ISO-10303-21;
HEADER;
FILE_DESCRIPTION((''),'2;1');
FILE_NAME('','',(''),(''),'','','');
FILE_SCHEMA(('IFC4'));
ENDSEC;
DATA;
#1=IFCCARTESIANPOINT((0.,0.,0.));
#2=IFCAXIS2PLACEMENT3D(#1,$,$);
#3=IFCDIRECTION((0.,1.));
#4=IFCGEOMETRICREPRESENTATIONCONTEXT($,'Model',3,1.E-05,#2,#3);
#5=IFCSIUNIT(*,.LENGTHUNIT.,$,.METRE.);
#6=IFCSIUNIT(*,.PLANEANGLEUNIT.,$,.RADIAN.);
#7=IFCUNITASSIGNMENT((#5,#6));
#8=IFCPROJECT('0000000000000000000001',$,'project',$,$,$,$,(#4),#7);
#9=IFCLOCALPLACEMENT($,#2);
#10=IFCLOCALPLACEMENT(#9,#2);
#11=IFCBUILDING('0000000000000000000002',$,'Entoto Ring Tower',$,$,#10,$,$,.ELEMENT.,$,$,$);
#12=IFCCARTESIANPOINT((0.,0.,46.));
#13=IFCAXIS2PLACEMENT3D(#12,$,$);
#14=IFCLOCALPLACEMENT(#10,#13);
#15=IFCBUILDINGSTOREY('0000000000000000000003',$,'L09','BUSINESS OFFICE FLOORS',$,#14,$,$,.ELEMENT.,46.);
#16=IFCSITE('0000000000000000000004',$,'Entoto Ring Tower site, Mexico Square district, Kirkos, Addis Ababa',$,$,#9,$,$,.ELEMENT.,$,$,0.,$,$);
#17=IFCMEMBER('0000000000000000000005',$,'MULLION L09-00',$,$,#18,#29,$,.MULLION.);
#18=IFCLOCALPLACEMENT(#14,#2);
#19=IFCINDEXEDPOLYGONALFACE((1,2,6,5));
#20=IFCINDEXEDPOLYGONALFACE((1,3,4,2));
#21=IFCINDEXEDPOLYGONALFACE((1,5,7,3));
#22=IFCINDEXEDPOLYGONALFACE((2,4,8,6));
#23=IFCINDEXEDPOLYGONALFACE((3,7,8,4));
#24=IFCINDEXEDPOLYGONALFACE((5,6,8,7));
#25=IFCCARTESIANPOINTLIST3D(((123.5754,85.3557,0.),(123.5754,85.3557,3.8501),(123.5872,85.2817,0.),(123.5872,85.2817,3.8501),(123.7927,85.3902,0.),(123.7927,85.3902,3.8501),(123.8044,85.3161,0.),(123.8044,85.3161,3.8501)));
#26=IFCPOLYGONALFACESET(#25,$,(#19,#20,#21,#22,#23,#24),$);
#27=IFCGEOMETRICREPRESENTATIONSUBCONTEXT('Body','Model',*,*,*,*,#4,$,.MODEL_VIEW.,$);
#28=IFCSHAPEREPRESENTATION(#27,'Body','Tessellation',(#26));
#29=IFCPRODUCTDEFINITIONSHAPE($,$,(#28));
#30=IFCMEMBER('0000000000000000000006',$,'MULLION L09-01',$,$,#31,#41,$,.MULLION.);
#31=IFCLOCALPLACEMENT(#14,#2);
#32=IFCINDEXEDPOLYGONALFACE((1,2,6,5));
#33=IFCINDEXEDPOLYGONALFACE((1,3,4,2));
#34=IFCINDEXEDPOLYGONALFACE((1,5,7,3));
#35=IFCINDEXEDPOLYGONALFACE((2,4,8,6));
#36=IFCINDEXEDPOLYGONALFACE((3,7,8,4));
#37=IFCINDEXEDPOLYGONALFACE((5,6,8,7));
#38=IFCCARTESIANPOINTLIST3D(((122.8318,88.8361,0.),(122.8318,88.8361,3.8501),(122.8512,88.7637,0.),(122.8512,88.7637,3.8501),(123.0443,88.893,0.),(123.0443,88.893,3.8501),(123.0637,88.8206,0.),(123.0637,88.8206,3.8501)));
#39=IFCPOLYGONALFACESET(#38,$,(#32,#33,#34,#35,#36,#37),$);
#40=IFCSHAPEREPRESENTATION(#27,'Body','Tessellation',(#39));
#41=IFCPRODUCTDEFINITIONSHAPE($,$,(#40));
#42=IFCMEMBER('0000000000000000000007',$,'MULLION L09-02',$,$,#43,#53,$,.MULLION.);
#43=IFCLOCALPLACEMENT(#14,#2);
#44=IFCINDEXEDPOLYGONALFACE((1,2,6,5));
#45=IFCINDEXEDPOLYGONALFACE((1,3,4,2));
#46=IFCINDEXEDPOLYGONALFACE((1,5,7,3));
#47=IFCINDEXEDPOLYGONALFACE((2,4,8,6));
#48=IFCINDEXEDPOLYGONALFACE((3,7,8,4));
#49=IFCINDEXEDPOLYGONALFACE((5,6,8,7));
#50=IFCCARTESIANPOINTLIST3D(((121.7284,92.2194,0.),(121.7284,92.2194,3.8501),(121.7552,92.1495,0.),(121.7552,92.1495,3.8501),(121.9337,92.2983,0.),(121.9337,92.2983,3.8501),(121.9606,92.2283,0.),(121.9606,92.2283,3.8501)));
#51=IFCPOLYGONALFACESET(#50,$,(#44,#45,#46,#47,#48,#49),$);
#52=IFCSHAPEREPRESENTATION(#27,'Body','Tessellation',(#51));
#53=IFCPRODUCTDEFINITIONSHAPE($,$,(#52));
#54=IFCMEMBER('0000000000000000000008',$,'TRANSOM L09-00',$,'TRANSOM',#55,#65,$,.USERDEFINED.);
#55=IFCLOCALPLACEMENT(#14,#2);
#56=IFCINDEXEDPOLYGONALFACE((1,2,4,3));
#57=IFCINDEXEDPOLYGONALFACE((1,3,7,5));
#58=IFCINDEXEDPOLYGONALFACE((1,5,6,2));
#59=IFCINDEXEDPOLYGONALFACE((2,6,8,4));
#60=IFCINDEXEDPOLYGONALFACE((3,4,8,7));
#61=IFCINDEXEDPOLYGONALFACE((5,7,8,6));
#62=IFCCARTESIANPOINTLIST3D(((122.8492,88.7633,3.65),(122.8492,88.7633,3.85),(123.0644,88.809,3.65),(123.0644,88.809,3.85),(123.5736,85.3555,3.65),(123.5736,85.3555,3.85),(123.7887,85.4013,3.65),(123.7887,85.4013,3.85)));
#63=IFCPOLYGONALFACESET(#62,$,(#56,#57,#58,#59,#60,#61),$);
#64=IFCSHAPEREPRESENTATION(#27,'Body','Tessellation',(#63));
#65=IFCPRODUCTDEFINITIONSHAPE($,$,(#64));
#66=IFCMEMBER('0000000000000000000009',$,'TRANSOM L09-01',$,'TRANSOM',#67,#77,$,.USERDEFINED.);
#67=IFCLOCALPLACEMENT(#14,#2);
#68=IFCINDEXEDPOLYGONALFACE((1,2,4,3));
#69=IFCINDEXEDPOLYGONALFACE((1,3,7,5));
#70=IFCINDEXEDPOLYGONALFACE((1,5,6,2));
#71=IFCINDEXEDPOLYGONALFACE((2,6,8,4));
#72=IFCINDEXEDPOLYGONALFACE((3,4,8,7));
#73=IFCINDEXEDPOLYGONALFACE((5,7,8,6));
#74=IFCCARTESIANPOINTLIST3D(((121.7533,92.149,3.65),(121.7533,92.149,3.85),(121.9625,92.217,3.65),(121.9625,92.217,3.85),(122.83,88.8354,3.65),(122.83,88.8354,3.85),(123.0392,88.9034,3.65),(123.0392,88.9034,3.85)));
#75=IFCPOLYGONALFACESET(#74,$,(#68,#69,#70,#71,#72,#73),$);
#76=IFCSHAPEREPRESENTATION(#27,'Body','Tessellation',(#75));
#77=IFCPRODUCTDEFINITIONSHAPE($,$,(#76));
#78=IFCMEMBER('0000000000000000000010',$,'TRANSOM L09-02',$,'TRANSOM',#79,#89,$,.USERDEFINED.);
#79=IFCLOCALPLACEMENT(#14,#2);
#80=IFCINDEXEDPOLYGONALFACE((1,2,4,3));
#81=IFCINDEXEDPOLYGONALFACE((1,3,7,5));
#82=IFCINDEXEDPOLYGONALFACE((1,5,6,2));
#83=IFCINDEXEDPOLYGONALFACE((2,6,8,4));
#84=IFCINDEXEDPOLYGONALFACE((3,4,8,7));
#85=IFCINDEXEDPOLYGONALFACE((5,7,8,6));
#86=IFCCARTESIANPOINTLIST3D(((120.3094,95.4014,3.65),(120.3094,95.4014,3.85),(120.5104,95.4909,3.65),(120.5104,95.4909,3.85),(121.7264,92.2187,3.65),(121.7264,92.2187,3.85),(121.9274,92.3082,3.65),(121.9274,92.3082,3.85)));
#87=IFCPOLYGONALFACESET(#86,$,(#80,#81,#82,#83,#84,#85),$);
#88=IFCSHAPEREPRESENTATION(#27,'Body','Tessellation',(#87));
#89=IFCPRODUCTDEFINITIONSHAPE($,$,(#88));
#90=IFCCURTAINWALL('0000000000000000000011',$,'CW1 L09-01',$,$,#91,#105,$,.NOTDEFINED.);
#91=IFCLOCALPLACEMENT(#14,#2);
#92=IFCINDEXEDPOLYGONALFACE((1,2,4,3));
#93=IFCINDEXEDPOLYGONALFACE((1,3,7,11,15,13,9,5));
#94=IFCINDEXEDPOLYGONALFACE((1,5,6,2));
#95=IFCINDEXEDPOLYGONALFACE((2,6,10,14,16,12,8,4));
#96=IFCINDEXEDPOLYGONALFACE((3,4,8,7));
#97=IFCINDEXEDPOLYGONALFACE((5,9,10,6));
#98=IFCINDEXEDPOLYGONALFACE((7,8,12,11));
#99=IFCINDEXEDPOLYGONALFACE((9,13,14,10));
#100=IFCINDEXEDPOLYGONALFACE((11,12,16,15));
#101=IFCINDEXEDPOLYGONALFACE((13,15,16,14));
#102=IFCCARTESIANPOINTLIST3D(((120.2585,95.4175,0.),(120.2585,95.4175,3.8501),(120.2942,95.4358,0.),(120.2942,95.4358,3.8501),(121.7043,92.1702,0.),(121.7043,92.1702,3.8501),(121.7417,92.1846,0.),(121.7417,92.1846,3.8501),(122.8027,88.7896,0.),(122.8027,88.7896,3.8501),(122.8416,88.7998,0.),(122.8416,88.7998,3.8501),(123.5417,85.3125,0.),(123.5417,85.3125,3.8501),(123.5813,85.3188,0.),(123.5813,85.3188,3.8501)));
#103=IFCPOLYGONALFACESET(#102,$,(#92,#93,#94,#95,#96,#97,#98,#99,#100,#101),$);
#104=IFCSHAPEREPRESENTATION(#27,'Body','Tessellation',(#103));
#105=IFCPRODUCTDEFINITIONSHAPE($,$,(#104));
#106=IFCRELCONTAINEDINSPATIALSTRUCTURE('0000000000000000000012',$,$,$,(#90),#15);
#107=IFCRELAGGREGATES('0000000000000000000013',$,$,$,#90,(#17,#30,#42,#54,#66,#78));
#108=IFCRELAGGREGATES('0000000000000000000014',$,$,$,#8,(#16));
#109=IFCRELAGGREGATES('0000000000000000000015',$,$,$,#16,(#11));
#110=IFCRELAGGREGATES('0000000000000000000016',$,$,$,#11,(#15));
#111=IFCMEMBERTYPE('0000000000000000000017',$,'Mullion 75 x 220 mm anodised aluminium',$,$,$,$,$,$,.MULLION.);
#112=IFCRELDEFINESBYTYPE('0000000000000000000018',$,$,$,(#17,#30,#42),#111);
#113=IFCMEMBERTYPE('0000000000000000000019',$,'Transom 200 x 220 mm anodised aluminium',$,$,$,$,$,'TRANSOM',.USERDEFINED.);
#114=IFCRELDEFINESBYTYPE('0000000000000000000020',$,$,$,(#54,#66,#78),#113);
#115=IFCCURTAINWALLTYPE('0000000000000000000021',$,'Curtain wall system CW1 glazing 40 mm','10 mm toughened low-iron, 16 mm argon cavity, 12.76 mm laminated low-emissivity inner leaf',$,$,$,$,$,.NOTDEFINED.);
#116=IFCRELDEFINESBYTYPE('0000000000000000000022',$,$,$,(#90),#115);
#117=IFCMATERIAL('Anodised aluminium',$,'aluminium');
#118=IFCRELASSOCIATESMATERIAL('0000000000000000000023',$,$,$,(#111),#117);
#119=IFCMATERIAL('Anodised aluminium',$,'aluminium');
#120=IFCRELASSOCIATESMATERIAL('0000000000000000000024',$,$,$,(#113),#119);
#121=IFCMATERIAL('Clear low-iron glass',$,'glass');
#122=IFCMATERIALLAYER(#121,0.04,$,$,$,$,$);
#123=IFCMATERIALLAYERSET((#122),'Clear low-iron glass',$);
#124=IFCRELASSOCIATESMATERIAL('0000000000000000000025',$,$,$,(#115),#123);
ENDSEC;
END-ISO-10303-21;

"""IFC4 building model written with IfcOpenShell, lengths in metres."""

from ifc_helpers import new_model, si_unit, direction, frame, origin, origin_2d, place, context, subcontext, project, spatial, polyline, rectangle, outline, extrude, material, layer, layer_set, material_profile, profile_set, type_object, element, aggregate, save


model = new_model("IFC4")

# Units and contexts
model_context = context("Model", 3, precision=1e-05, world=origin(), true_north=direction((0.0, 1.0)))
body_context = subcontext(model_context, "Body", "Model", "MODEL_VIEW")
ifc_project = project(units=[si_unit("LENGTHUNIT", "METRE"), si_unit("PLANEANGLEUNIT", "RADIAN")], contexts=[model_context])

# Members
ifc_material_1 = material(Name="Anodised aluminium", Category="aluminium")
ifc_material_profile_1 = material_profile(ifc_material_1, rectangle(XDim=0.075, YDim=0.22, at=origin_2d()), Name="Mullion 75 x 220 mm anodised aluminium")
ifc_profile_set_1 = profile_set([ifc_material_profile_1], Name="Anodised aluminium")
member_type_1 = type_object("IfcMemberType", Name="Mullion 75 x 220 mm anodised aluminium", PredefinedType="MULLION", material=ifc_profile_set_1)
site_placement = place(None, origin())
building_placement = place(site_placement, origin())
storey_placement = place(building_placement, frame((0.0, 0.0, 46.0)))
member_1_placement = place(storey_placement, frame((123.6899, 85.3359, 0.0), z_axis=(0.0, 0.0, 1.0), x_axis=(-0.156434, 0.987688, 0.0)))
member_1 = element("IfcMember", 1, at=member_1_placement, type_object=member_type_1, Name="MULLION L09-00", PredefinedType="MULLION", context=body_context, shape_type="SweptSolid", body=[
    extrude(rectangle(XDim=0.075, YDim=0.22, at=origin_2d()), origin(), (0.0, 0.0, 1.0), 3.8501),
])
member_2_placement = place(storey_placement, frame((122.9478, 88.8284, 0.0), z_axis=(0.0, 0.0, 1.0), x_axis=(-0.258819, 0.965926, 0.0)))
member_2 = element("IfcMember", 2, at=member_2_placement, type_object=member_type_1, Name="MULLION L09-01", PredefinedType="MULLION", context=body_context, shape_type="SweptSolid", body=[
    extrude(rectangle(XDim=0.075, YDim=0.22, at=origin_2d()), origin(), (0.0, 0.0, 1.0), 3.8501),
])
member_3_placement = place(storey_placement, frame((121.8445, 92.2239, 0.0), z_axis=(0.0, 0.0, 1.0), x_axis=(-0.358368, 0.93358, 0.0)))
member_3 = element("IfcMember", 3, at=member_3_placement, type_object=member_type_1, Name="MULLION L09-02", PredefinedType="MULLION", context=body_context, shape_type="SweptSolid", body=[
    extrude(rectangle(XDim=0.075, YDim=0.22, at=origin_2d()), origin(), (0.0, 0.0, 1.0), 3.8501),
])
ifc_material_2 = material(Name="Anodised aluminium", Category="aluminium")
ifc_material_profile_2 = material_profile(ifc_material_2, rectangle(XDim=0.22, YDim=0.2, at=origin_2d()), Name="Transom 200 x 220 mm anodised aluminium")
ifc_profile_set_2 = profile_set([ifc_material_profile_2], Name="Anodised aluminium")
member_type_2 = type_object("IfcMemberType", Name="Transom 200 x 220 mm anodised aluminium", ElementType="TRANSOM", PredefinedType="USERDEFINED", material=ifc_profile_set_2)
member_4_placement = place(storey_placement, frame((123.6812, 85.3784, 3.75), z_axis=(-0.207921, 0.978146, 0.0), x_axis=(-0.978146, -0.207921, 0.0)))
member_4 = element("IfcMember", 4, at=member_4_placement, type_object=member_type_2, Name="TRANSOM L09-00", ObjectType="TRANSOM", PredefinedType="USERDEFINED", context=body_context, shape_type="SweptSolid", body=[
    extrude(rectangle(XDim=0.22, YDim=0.2, at=origin_2d()), origin(), (0.0, 0.0, 1.0), 3.4839),
])
member_5_placement = place(storey_placement, frame((122.9346, 88.8694, 3.75), z_axis=(-0.309029, 0.951053, 0.0), x_axis=(-0.951053, -0.309029, 0.0)))
member_5 = element("IfcMember", 5, at=member_5_placement, type_object=member_type_2, Name="TRANSOM L09-01", ObjectType="TRANSOM", PredefinedType="USERDEFINED", context=body_context, shape_type="SweptSolid", body=[
    extrude(rectangle(XDim=0.22, YDim=0.2, at=origin_2d()), origin(), (0.0, 0.0, 1.0), 3.4841),
])
member_6_placement = place(storey_placement, frame((121.8269, 92.2634, 3.75), z_axis=(-0.406737, 0.913545, 0.0), x_axis=(-0.913545, -0.406737, 0.0)))
member_6 = element("IfcMember", 6, at=member_6_placement, type_object=member_type_2, Name="TRANSOM L09-02", ObjectType="TRANSOM", PredefinedType="USERDEFINED", context=body_context, shape_type="SweptSolid", body=[
    extrude(rectangle(XDim=0.22, YDim=0.2, at=origin_2d()), origin(), (0.0, 0.0, 1.0), 3.4839),
])

# Site, building, storey
site = spatial("IfcSite", under=ifc_project, at=site_placement, Name="Entoto Ring Tower site, Mexico Square district, Kirkos, Addis Ababa", CompositionType="ELEMENT", RefElevation=0.0)
building = spatial("IfcBuilding", under=site, at=building_placement, Name="Entoto Ring Tower", CompositionType="ELEMENT")
storey = spatial("IfcBuildingStorey", under=building, at=storey_placement, Name="L09", Description="BUSINESS OFFICE FLOORS", CompositionType="ELEMENT", Elevation=46.0)

# Curtain wall
ifc_material_3 = material(Name="Clear low-iron glass", Category="glass")
ifc_layer_1 = layer(ifc_material_3, 0.04)
ifc_layer_set_1 = layer_set([ifc_layer_1], Name="Clear low-iron glass")
curtain_wall_type = type_object("IfcCurtainWallType", Name="Curtain wall system CW1 glazing 40 mm", Description="10 mm toughened low-iron, 16 mm argon cavity, 12.76 mm laminated low-emissivity inner leaf", PredefinedType="NOTDEFINED", material=ifc_layer_set_1)
curtain_wall_1_placement = place(storey_placement, origin())
curtain_wall_1 = element("IfcCurtainWall", 7, at=curtain_wall_1_placement, inside=storey, type_object=curtain_wall_type, Name="CW1 L09-01", PredefinedType="NOTDEFINED", context=body_context, shape_type="SweptSolid", body=[
    extrude(outline(polyline([(123.5813, 85.3188), (122.8416, 88.7998), (121.7417, 92.1846), (120.2942, 95.4358), (120.2585, 95.4175), (121.7043, 92.1702), (122.8027, 88.7896), (123.5417, 85.3125), (123.5813, 85.3188)])), origin(), (0.0, 0.0, 1.0), 3.8501),
])
aggregate(curtain_wall_1, [member_1, member_2, member_3, member_4, member_5, member_6])

save(model, "model.ifc")
